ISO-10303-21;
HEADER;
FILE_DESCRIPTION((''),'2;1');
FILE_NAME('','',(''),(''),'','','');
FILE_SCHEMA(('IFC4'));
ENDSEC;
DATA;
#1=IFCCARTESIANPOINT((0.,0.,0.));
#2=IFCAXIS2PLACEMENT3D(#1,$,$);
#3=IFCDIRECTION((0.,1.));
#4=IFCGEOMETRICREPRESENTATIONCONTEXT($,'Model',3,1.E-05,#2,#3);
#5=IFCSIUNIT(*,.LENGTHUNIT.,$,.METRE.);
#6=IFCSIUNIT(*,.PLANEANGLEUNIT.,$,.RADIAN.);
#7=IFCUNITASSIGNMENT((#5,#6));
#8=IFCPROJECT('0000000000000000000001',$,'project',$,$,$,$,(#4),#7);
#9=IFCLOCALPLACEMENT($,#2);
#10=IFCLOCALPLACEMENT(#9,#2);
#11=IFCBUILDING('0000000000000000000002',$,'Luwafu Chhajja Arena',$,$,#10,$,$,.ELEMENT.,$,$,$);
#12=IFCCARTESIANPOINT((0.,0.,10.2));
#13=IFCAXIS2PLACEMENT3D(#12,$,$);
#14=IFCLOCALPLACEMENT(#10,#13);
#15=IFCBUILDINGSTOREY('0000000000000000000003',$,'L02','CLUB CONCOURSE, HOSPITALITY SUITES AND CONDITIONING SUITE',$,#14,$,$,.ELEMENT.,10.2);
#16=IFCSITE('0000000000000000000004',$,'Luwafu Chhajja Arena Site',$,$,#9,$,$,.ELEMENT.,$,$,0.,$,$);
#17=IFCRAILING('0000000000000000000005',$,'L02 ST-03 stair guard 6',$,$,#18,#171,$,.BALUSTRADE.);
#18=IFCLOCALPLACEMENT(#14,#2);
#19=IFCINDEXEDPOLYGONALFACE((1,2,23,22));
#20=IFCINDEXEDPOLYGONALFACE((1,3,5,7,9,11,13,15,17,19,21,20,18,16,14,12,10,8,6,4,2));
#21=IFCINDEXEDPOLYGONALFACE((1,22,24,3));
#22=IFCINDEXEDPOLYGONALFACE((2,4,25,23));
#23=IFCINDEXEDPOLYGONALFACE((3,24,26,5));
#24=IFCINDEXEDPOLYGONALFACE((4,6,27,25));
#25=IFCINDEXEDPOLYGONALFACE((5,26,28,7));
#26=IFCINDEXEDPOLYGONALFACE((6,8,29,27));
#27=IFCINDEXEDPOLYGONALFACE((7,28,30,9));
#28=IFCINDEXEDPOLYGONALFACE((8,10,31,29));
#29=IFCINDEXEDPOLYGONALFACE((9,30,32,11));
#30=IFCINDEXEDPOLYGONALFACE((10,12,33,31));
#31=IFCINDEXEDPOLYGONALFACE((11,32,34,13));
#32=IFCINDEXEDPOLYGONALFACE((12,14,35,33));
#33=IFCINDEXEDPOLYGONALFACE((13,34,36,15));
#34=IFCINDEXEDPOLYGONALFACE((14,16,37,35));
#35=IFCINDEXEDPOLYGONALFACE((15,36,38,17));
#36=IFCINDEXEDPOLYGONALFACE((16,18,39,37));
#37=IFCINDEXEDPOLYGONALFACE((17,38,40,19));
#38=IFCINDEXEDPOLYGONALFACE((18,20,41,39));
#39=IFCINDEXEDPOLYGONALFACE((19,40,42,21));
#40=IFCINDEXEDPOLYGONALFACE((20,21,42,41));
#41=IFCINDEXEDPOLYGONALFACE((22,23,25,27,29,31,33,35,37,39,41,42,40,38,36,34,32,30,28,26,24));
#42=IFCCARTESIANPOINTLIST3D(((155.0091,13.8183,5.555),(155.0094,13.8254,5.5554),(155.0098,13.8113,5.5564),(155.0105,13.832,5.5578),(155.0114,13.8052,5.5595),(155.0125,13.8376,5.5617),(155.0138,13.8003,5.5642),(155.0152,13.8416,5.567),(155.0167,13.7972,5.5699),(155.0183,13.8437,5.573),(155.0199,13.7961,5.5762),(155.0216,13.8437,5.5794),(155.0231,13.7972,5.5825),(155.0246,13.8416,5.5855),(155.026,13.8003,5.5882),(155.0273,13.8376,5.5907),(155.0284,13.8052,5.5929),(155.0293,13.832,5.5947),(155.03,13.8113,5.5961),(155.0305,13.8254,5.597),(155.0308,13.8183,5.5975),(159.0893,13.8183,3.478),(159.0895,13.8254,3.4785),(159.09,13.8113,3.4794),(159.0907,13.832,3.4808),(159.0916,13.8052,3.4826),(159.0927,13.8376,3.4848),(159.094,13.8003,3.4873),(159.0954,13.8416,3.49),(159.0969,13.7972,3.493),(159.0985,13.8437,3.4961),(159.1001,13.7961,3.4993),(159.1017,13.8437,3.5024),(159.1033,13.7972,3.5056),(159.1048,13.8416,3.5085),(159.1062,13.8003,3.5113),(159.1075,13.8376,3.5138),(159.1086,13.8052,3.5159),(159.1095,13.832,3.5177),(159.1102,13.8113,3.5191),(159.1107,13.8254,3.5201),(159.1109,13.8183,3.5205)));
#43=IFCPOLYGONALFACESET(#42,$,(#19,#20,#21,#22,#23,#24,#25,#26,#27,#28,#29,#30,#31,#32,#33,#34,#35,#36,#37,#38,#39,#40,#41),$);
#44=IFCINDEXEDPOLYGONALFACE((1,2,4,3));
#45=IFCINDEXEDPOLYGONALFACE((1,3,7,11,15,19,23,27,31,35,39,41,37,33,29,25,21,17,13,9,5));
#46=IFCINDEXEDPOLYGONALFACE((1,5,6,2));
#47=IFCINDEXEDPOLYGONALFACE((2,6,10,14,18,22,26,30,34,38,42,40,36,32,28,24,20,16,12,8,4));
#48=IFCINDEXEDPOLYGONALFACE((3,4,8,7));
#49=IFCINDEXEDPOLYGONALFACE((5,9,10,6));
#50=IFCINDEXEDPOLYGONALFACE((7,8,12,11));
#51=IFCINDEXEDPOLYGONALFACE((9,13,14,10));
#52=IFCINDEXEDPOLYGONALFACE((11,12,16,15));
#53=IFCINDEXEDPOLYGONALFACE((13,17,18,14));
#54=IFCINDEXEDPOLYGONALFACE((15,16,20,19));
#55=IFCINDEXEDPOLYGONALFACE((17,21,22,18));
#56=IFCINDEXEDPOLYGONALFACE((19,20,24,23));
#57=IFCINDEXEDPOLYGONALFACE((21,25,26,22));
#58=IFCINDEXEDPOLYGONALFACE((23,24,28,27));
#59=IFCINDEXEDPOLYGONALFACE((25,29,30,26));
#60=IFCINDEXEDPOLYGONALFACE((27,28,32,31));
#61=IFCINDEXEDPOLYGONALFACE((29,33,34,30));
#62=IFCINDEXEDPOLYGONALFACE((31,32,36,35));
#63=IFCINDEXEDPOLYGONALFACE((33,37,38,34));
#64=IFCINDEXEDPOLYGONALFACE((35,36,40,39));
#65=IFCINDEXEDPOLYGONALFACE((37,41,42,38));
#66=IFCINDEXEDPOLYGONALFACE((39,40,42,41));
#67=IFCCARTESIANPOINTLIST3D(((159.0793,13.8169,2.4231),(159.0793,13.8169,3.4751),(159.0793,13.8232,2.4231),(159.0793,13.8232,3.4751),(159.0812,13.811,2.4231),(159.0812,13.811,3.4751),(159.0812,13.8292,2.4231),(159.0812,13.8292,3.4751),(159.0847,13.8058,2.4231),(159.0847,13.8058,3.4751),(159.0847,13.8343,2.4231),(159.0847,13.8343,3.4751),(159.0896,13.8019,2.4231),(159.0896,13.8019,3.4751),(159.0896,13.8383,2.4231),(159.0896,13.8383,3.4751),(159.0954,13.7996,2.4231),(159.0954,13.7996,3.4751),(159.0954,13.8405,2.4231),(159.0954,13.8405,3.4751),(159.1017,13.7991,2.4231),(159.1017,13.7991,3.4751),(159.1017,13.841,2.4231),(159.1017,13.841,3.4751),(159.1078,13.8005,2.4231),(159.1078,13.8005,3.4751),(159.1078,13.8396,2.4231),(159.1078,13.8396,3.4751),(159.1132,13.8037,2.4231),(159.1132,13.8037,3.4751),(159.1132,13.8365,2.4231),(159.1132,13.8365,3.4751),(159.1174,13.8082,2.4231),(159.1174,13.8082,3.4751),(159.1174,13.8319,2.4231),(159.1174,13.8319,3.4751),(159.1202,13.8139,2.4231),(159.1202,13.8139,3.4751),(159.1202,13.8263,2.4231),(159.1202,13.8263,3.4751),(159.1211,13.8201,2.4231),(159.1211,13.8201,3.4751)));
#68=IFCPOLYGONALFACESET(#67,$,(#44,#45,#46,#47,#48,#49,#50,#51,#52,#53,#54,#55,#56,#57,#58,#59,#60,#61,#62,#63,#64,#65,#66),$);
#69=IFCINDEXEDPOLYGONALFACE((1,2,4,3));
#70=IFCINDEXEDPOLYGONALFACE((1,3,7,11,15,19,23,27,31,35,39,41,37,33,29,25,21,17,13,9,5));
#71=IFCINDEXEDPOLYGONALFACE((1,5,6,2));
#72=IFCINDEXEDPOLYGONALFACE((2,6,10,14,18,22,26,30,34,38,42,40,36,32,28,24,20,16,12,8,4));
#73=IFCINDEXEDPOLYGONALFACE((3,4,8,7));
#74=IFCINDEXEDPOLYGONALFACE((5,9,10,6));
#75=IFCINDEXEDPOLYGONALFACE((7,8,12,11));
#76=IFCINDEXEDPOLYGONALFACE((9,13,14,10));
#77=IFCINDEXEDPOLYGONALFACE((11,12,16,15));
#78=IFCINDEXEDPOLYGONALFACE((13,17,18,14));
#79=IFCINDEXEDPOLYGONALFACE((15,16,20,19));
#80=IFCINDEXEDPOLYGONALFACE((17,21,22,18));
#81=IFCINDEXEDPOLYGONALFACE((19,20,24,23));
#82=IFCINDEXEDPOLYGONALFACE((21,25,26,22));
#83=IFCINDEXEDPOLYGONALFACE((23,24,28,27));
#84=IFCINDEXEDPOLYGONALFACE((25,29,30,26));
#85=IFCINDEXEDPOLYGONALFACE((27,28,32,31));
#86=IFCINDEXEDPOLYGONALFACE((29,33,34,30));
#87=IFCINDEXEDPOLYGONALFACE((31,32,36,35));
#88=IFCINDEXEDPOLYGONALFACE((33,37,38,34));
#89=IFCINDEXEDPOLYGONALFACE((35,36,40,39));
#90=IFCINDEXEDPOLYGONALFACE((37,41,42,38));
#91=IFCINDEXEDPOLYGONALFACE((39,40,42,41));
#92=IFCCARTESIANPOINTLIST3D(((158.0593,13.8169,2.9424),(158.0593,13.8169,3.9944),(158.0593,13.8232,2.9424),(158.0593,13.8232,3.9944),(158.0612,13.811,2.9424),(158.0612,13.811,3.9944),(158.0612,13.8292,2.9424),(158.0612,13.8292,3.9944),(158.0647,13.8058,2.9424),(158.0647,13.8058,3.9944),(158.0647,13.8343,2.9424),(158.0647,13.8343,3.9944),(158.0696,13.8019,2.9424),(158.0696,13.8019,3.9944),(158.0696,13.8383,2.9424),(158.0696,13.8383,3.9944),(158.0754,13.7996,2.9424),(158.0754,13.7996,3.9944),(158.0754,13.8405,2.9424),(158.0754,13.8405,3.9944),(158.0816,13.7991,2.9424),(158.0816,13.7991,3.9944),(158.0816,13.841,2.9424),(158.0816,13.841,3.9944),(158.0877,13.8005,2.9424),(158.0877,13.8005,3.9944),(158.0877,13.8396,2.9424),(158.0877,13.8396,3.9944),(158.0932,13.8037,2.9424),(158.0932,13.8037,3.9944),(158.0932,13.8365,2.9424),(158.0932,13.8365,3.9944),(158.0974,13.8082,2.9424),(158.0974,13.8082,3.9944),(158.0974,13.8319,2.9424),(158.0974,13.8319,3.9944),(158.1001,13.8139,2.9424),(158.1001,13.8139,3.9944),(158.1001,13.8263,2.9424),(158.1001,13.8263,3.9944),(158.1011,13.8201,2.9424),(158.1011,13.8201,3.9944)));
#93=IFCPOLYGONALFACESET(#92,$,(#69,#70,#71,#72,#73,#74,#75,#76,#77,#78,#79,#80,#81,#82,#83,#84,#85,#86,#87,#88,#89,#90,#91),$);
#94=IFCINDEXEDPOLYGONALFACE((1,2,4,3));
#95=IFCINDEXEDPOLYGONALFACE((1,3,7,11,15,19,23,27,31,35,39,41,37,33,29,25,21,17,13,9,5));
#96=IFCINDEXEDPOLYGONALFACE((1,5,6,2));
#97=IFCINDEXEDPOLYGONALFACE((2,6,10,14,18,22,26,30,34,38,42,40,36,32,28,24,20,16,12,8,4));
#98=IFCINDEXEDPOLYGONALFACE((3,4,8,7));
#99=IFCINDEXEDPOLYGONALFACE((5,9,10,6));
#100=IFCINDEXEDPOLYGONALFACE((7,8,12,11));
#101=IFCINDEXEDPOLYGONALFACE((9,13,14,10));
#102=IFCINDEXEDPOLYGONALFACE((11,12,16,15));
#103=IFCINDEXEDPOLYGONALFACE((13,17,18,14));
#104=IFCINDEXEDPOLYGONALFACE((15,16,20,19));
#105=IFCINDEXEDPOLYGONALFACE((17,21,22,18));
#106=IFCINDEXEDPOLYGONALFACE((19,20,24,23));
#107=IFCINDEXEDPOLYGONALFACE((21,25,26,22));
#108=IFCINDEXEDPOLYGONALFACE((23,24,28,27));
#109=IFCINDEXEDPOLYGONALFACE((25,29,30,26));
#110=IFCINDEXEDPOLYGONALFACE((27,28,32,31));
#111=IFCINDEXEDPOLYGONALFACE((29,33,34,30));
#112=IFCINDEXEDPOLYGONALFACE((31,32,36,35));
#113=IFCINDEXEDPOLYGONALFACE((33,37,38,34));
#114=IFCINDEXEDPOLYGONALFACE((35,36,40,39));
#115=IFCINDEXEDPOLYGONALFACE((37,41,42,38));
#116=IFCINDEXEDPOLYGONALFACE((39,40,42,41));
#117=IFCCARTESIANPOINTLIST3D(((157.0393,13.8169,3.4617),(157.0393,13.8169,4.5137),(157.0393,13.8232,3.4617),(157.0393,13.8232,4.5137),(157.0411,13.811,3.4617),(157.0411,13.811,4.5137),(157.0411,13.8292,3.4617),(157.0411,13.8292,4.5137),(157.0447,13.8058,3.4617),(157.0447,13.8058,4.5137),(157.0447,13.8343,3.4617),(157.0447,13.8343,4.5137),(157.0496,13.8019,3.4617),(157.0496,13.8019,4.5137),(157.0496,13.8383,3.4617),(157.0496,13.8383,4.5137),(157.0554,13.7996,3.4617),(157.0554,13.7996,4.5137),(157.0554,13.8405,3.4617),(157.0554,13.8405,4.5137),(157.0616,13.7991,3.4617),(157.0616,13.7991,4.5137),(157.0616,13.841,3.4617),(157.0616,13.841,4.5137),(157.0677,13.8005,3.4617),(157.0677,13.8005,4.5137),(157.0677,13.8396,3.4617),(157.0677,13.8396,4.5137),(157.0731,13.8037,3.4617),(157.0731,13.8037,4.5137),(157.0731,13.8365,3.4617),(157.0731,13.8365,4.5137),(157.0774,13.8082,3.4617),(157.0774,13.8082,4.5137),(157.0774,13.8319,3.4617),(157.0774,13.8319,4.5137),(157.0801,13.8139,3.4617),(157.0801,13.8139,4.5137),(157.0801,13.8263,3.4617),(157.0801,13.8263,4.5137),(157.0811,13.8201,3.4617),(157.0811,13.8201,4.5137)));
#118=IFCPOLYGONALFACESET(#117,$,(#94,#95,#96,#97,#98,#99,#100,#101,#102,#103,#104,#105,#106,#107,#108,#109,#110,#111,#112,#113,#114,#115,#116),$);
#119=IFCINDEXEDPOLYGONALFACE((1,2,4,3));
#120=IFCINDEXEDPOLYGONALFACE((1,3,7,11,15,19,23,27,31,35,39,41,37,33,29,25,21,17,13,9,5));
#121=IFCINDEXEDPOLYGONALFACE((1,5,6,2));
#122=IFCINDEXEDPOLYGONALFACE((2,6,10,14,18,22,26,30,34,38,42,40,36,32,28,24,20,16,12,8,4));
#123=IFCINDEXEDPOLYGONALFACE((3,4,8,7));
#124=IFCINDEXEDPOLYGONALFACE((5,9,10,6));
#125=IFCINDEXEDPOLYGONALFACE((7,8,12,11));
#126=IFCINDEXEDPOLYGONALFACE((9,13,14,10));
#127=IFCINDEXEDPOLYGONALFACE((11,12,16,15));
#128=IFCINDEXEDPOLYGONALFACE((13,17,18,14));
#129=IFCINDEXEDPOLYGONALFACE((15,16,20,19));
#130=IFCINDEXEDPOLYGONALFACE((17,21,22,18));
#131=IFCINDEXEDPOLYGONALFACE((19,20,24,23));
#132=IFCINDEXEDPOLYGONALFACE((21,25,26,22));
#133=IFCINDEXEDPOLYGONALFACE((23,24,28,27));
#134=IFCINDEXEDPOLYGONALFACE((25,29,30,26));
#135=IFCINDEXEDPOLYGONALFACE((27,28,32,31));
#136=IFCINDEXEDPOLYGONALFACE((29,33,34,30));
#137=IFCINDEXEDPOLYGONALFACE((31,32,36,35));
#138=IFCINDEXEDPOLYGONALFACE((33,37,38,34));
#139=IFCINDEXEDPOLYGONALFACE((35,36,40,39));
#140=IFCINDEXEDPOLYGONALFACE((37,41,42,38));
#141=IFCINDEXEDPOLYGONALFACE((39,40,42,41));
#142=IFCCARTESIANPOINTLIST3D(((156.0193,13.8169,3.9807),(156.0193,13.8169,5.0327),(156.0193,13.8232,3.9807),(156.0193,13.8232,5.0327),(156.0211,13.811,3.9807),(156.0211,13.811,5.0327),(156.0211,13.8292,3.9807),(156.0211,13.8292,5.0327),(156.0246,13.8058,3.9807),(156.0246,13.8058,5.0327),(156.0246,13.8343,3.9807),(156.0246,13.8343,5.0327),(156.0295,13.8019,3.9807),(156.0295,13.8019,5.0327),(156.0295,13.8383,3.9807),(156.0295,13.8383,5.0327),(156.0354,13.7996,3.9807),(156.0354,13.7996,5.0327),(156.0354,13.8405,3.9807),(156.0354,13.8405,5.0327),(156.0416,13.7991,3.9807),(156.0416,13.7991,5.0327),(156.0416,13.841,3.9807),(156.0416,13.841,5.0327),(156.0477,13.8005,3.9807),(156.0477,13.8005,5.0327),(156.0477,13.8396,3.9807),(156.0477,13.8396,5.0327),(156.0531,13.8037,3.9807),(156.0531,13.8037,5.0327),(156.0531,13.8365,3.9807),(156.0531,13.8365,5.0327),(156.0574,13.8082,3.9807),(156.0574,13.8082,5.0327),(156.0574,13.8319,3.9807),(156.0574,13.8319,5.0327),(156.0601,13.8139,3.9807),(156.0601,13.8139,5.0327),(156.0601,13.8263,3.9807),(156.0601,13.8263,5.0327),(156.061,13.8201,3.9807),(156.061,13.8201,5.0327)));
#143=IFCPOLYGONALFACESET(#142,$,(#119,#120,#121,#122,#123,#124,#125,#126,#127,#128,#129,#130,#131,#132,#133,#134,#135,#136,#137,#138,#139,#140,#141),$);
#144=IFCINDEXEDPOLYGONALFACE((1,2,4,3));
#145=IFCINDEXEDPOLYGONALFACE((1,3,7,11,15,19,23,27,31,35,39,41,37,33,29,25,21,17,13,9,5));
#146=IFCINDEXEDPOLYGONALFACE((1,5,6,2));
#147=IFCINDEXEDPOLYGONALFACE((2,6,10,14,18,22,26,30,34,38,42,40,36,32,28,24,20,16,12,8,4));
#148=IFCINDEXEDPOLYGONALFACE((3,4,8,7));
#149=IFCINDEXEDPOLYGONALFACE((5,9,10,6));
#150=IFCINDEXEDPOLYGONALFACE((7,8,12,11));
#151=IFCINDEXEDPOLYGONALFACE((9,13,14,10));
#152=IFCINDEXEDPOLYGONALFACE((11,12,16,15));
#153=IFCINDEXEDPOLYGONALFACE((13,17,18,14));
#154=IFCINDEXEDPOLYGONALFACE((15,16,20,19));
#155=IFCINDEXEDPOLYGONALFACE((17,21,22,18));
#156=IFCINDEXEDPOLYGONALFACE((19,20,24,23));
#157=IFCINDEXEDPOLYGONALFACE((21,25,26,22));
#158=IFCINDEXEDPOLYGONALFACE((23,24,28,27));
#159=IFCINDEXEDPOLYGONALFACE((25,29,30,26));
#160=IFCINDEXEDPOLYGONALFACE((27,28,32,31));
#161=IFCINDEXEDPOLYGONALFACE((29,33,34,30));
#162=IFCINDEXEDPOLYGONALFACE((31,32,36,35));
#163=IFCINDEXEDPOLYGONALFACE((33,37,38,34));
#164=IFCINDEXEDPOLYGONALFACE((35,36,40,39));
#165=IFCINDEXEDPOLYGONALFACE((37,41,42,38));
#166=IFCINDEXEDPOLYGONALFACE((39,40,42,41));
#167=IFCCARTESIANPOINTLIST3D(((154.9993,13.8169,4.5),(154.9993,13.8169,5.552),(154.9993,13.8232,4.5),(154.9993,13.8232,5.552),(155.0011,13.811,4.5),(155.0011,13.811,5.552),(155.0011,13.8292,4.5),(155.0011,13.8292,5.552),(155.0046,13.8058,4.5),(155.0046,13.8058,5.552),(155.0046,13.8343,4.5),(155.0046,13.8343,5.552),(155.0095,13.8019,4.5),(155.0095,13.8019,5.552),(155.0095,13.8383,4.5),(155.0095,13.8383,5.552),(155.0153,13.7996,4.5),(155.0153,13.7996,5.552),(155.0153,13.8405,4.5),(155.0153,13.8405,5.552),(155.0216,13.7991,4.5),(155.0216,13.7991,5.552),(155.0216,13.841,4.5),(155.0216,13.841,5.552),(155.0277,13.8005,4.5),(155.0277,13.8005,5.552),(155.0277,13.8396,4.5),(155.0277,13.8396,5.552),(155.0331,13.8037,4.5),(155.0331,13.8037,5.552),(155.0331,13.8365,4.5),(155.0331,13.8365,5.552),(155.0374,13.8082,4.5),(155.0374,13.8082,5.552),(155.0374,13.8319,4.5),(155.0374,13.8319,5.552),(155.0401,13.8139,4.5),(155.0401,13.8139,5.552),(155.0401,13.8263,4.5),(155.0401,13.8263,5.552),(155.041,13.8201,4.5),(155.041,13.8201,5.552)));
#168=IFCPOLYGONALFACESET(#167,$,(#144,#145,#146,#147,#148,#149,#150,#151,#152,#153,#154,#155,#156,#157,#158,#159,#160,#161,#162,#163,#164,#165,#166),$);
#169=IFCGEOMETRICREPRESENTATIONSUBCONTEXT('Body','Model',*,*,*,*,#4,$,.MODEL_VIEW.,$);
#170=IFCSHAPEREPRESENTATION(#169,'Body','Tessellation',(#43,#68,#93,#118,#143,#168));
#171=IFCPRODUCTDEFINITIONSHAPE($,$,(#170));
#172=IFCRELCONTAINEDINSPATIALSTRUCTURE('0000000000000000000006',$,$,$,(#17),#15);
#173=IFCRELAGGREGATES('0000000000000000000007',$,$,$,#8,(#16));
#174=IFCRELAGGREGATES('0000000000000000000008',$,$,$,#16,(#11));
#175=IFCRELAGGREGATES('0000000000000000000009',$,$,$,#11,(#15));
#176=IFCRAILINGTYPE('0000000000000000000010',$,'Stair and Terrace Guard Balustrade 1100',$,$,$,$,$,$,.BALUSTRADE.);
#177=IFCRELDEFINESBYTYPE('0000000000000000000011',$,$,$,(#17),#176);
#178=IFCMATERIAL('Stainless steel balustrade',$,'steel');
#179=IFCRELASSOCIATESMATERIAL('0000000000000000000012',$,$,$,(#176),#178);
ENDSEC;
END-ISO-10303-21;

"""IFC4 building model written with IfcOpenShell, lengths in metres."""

from ifc_helpers import new_model, si_unit, direction, frame, origin, origin_2d, place, context, subcontext, project, spatial, circle, extrude, material, type_object, element, save


model = new_model("IFC4")

# Units and contexts
model_context = context("Model", 3, precision=1e-05, world=origin(), true_north=direction((0.0, 1.0)))
body_context = subcontext(model_context, "Body", "Model", "MODEL_VIEW")
ifc_project = project(units=[si_unit("LENGTHUNIT", "METRE"), si_unit("PLANEANGLEUNIT", "RADIAN")], contexts=[model_context])

# Site, building, storey
site_placement = place(None, origin())
site = spatial("IfcSite", under=ifc_project, at=site_placement, Name="Luwafu Chhajja Arena Site", CompositionType="ELEMENT", RefElevation=0.0)
building_placement = place(site_placement, origin())
building = spatial("IfcBuilding", under=site, at=building_placement, Name="Luwafu Chhajja Arena", CompositionType="ELEMENT")
storey_placement = place(building_placement, frame((0.0, 0.0, 10.2)))
storey = spatial("IfcBuildingStorey", under=building, at=storey_placement, Name="L02", Description="CLUB CONCOURSE, HOSPITALITY SUITES AND CONDITIONING SUITE", CompositionType="ELEMENT", Elevation=10.2)

# Railing
ifc_material_1 = material(Name="Stainless steel balustrade", Category="steel")
railing_type_1 = type_object("IfcRailingType", Name="Stair and Terrace Guard Balustrade 1100", PredefinedType="BALUSTRADE", material=ifc_material_1)
railing_1_placement = place(storey_placement, frame((159.1001, 13.8201, 2.4231)))
element("IfcRailing", 1, at=railing_1_placement, inside=storey, type_object=railing_type_1, Name="L02 ST-03 stair guard 6", PredefinedType="BALUSTRADE", context=body_context, shape_type="SweptSolid", body=[
    extrude(circle(Radius=0.0239, at=origin_2d()), frame((0.0, 0.0, 1.0762), z_axis=(-0.891183, 0.0, 0.453644), x_axis=(0.0, -1.0, 0.0)), (0.0, 0.0, 1.0), 4.5784),
    extrude(circle(Radius=0.021, at=origin_2d()), origin(), (0.0, 0.0, 1.0), 1.052),
    extrude(circle(Radius=0.021, at=origin_2d()), frame((-1.02, 0.0, 0.5193)), (0.0, 0.0, 1.0), 1.052),
    extrude(circle(Radius=0.021, at=origin_2d()), frame((-2.04, 0.0, 1.0386)), (0.0, 0.0, 1.0), 1.052),
    extrude(circle(Radius=0.021, at=origin_2d()), frame((-3.0601, 0.0, 1.5576)), (0.0, 0.0, 1.0), 1.052),
    extrude(circle(Radius=0.021, at=origin_2d()), frame((-4.0801, 0.0, 2.0769)), (0.0, 0.0, 1.0), 1.052),
])

save(model, "model.ifc")
